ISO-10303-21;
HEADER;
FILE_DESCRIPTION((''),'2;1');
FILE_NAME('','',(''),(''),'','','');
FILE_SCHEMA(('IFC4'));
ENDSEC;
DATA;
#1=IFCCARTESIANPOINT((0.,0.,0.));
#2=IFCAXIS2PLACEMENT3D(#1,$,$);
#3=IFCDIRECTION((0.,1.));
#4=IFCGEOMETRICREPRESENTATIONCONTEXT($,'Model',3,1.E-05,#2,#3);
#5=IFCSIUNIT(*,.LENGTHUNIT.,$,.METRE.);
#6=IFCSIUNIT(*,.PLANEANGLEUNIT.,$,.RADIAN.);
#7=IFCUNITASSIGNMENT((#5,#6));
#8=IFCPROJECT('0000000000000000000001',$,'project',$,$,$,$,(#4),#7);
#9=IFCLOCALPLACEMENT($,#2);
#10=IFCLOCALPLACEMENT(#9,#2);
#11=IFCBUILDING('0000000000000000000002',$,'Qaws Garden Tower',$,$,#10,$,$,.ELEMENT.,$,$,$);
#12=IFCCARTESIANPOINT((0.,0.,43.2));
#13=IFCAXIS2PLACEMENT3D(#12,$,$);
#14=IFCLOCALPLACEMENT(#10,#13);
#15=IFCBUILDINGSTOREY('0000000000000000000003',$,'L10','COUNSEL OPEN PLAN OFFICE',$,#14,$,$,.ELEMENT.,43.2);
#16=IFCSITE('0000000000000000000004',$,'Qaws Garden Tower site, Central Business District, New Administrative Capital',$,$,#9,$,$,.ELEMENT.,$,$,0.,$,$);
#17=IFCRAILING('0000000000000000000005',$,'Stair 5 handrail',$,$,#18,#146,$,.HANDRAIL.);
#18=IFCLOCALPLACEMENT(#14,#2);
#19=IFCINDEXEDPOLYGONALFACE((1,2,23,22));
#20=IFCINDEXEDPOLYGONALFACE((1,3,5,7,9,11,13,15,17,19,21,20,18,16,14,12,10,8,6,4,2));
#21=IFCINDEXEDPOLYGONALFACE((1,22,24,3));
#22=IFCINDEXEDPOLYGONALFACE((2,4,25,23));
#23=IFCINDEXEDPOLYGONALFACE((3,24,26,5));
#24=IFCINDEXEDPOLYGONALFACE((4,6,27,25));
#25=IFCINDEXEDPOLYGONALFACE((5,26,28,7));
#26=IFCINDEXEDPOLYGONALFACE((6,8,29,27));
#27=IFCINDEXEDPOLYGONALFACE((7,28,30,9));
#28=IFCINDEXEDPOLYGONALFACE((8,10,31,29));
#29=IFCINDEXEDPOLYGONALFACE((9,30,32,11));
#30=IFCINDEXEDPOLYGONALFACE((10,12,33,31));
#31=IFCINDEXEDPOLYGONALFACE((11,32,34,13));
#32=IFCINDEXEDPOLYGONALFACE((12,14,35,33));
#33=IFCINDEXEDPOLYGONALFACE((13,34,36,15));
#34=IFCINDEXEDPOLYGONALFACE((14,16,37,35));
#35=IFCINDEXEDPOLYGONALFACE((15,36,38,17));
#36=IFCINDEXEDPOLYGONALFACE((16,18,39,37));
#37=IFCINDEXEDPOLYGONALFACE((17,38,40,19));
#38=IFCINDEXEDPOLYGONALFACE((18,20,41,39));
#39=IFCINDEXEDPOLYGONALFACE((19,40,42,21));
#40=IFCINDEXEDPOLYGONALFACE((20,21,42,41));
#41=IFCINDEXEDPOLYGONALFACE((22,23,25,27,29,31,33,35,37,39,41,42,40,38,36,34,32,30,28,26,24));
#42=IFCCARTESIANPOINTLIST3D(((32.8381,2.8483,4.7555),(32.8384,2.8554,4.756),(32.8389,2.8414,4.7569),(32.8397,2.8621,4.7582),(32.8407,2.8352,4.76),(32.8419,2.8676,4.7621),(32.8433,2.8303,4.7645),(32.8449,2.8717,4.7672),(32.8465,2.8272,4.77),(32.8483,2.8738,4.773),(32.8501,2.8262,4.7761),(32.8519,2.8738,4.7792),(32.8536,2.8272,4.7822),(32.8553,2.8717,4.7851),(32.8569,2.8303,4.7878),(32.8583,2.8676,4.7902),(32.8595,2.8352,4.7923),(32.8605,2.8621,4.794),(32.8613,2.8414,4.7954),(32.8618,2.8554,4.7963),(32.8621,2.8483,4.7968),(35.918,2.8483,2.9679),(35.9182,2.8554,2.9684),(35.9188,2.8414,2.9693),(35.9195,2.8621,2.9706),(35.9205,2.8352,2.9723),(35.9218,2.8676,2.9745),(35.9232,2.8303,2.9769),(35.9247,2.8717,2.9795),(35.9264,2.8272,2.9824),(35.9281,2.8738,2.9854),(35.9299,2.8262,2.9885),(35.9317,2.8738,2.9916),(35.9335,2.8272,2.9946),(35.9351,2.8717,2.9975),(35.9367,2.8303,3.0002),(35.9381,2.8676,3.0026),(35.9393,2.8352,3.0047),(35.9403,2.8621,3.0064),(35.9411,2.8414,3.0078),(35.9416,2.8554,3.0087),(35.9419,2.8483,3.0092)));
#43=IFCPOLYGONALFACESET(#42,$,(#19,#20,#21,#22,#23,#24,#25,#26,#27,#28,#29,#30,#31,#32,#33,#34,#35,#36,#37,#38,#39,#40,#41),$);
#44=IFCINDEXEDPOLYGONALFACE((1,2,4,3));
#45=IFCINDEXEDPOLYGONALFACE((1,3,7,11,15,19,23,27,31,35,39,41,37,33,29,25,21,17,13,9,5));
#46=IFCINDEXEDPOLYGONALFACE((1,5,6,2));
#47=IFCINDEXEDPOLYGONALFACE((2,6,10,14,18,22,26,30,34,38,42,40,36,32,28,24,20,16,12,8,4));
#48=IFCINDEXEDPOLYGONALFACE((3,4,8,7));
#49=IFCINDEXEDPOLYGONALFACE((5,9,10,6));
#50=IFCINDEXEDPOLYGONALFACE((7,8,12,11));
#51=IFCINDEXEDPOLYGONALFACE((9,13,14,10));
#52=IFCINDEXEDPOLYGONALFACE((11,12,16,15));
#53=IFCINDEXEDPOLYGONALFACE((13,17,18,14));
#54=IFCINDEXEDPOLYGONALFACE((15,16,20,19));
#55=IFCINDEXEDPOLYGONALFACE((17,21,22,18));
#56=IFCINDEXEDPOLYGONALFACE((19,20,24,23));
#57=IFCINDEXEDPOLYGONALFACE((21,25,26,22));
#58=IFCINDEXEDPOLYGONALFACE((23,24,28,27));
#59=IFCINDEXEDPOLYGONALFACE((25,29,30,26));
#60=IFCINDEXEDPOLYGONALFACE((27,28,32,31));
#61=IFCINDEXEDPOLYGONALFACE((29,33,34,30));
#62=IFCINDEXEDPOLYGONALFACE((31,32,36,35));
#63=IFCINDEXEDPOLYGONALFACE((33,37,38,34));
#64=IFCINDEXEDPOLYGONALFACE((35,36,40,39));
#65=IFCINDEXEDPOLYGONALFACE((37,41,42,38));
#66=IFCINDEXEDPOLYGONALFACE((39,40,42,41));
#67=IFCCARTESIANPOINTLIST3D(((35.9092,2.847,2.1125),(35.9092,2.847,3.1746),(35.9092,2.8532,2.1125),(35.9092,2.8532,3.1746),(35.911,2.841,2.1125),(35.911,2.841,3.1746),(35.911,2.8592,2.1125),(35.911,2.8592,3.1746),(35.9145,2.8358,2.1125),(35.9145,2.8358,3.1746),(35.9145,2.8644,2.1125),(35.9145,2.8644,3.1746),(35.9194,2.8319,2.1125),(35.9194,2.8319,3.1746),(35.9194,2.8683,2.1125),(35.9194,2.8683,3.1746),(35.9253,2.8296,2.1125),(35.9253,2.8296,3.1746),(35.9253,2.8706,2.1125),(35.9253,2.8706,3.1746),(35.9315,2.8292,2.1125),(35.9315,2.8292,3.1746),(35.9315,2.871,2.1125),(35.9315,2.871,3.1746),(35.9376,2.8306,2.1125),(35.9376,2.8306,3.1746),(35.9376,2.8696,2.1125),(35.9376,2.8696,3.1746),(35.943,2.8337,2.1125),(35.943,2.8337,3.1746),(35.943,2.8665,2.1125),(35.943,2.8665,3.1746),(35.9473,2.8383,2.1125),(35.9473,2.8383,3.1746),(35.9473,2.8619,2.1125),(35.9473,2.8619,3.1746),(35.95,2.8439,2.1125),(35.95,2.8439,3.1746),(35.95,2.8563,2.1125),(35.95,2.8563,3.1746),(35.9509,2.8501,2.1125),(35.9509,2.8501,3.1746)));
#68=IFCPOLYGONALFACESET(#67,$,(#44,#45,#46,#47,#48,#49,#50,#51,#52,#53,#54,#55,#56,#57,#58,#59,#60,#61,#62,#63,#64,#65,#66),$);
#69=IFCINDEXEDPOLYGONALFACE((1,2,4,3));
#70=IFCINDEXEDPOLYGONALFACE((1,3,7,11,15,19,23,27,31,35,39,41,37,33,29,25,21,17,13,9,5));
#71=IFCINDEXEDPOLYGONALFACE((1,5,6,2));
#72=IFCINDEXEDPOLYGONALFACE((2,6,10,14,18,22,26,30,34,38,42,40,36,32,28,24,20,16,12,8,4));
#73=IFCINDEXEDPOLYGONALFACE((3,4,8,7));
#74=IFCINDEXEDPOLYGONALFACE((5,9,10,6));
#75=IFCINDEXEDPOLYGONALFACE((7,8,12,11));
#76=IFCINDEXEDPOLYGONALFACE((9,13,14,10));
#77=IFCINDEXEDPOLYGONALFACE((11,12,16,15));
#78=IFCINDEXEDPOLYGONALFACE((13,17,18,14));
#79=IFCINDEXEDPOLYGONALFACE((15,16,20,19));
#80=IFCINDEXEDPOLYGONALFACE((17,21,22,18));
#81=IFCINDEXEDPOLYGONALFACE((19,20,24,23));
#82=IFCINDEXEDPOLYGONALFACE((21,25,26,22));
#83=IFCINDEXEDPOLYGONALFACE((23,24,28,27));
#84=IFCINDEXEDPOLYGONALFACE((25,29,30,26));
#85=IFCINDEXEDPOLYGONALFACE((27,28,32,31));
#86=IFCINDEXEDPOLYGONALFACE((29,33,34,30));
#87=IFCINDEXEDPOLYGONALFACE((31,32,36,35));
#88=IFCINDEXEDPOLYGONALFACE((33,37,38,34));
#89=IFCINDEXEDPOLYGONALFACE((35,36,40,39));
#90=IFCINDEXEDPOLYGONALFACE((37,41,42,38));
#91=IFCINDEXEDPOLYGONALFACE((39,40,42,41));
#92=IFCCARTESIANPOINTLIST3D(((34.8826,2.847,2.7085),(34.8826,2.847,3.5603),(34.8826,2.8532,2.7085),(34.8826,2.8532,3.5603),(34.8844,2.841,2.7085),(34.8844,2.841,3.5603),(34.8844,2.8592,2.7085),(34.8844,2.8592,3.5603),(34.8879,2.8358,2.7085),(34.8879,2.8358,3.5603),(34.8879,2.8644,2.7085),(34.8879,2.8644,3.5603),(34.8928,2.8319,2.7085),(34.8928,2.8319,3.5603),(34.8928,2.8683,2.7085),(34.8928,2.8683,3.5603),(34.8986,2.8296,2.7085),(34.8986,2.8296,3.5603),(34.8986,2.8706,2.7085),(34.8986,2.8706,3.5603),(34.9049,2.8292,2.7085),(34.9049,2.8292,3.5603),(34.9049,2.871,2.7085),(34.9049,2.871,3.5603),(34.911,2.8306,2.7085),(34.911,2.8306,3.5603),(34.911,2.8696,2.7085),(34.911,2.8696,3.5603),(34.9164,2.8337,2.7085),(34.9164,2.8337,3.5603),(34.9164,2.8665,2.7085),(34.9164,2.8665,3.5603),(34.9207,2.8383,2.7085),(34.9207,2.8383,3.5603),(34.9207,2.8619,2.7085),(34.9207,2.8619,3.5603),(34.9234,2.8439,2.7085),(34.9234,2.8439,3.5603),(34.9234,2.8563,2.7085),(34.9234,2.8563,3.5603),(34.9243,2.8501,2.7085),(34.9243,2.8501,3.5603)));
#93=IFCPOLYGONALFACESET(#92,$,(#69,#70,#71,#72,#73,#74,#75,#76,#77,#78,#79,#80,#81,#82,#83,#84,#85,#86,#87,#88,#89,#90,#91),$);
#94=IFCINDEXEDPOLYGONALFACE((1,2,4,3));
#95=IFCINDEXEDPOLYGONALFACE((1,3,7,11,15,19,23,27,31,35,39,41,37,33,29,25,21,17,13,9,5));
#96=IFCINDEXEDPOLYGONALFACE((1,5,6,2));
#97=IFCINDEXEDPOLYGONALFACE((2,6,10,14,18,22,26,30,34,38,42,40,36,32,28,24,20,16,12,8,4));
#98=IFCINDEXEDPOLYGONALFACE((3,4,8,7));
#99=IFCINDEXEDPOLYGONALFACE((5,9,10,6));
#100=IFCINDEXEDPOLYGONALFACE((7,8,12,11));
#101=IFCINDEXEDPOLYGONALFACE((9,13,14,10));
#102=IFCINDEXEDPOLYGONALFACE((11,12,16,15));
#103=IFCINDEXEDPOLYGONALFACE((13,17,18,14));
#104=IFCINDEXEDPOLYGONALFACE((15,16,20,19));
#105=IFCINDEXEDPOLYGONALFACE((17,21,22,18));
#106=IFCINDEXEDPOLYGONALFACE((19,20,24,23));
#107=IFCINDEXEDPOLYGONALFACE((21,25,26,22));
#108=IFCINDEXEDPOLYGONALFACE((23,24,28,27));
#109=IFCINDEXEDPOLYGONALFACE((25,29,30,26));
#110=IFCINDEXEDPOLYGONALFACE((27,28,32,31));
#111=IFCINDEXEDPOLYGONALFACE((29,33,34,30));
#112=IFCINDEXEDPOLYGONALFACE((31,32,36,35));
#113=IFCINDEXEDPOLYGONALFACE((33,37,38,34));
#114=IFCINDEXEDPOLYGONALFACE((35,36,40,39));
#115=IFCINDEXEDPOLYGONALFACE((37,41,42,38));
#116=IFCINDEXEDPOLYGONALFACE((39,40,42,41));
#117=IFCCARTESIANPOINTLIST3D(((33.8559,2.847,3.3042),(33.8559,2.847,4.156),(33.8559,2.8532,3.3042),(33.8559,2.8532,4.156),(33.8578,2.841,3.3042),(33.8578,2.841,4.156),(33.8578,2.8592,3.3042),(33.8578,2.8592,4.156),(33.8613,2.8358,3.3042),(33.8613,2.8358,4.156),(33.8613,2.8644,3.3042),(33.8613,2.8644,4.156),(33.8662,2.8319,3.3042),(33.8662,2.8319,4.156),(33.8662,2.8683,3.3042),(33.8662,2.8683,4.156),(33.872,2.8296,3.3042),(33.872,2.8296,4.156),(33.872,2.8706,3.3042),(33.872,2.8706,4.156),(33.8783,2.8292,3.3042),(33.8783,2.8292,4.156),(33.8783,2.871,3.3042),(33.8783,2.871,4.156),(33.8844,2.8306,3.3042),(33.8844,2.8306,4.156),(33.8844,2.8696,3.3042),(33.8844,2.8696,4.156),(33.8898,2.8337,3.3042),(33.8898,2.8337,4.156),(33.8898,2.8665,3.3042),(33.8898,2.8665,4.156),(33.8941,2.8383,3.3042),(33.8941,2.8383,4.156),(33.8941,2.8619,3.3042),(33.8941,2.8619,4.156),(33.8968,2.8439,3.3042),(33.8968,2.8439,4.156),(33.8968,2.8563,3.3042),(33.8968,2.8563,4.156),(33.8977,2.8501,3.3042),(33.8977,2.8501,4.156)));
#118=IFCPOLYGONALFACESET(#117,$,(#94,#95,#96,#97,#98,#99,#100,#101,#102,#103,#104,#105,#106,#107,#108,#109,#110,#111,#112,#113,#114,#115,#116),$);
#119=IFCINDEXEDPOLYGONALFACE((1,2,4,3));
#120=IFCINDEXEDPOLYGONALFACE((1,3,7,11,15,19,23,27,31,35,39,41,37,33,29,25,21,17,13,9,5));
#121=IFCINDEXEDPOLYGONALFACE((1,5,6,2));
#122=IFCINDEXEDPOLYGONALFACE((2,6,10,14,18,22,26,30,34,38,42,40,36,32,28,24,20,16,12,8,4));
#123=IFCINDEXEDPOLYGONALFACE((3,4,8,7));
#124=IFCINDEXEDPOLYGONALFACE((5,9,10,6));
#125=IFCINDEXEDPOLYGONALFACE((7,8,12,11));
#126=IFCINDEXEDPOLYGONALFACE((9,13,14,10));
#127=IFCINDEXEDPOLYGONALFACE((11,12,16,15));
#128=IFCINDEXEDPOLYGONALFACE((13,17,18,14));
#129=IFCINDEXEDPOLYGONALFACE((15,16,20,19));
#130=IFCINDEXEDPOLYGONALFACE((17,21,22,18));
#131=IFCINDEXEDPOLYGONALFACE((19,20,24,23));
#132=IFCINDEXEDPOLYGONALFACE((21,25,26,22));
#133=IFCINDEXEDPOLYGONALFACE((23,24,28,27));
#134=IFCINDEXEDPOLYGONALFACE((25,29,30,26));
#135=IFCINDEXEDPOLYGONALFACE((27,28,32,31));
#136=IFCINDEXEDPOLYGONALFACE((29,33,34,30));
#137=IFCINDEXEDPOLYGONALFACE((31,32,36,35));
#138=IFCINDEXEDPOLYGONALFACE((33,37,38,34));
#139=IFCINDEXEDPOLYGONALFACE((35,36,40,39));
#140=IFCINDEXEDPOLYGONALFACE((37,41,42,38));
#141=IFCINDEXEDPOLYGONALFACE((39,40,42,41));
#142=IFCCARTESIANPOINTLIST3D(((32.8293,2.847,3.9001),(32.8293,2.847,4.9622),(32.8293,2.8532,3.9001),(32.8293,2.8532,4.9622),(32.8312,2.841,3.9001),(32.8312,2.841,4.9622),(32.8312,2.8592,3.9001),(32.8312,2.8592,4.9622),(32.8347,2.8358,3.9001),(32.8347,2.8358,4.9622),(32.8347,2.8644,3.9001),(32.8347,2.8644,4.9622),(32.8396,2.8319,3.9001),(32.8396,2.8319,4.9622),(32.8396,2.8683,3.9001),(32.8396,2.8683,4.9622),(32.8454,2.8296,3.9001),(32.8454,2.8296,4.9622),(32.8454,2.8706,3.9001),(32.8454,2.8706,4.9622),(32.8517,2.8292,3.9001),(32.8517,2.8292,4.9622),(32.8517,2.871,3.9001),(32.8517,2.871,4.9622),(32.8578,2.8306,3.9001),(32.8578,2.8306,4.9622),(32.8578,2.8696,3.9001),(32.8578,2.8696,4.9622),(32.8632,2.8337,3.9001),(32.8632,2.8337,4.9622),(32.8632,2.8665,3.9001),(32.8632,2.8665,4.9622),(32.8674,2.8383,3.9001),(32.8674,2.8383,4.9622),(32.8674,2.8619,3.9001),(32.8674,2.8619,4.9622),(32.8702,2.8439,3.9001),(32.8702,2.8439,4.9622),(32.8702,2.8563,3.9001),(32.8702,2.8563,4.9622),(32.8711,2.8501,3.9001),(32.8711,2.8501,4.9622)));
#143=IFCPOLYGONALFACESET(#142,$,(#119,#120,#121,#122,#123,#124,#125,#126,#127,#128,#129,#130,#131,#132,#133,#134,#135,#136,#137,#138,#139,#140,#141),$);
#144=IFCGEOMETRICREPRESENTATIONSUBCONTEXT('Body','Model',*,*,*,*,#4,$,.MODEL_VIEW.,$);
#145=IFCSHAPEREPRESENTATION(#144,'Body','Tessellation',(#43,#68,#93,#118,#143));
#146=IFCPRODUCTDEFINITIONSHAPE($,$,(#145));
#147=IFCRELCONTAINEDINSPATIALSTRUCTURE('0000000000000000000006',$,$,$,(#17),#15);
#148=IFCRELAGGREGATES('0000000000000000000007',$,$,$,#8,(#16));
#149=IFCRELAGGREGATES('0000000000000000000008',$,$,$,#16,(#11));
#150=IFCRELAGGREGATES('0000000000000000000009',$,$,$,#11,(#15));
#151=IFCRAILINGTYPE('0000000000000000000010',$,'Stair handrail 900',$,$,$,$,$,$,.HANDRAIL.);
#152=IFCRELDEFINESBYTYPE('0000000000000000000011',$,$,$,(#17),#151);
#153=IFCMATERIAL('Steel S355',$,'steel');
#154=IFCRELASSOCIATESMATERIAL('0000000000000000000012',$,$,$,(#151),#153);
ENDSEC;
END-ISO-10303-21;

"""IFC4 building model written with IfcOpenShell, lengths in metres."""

from ifc_helpers import new_model, si_unit, direction, frame, origin, origin_2d, place, context, subcontext, project, spatial, circle, extrude, material, type_object, element, save


model = new_model("IFC4")

# Units and contexts
model_context = context("Model", 3, precision=1e-05, world=origin(), true_north=direction((0.0, 1.0)))
body_context = subcontext(model_context, "Body", "Model", "MODEL_VIEW")
ifc_project = project(units=[si_unit("LENGTHUNIT", "METRE"), si_unit("PLANEANGLEUNIT", "RADIAN")], contexts=[model_context])

# Site, building, storey
site_placement = place(None, origin())
site = spatial("IfcSite", under=ifc_project, at=site_placement, Name="Qaws Garden Tower site, Central Business District, New Administrative Capital", CompositionType="ELEMENT", RefElevation=0.0)
building_placement = place(site_placement, origin())
building = spatial("IfcBuilding", under=site, at=building_placement, Name="Qaws Garden Tower", CompositionType="ELEMENT")
storey_placement = place(building_placement, frame((0.0, 0.0, 43.2)))
storey = spatial("IfcBuildingStorey", under=building, at=storey_placement, Name="L10", Description="COUNSEL OPEN PLAN OFFICE", CompositionType="ELEMENT", Elevation=43.2)

# Railing
ifc_material_1 = material(Name="Steel S355", Category="steel")
railing_type = type_object("IfcRailingType", Name="Stair handrail 900", PredefinedType="HANDRAIL", material=ifc_material_1)
railing_1_placement = place(storey_placement, frame((35.9299, 2.8501, 2.1125)))
element("IfcRailing", 1, at=railing_1_placement, inside=storey, type_object=railing_type, Name="Stair 5 handrail", PredefinedType="HANDRAIL", context=body_context, shape_type="SweptSolid", body=[
    extrude(circle(Radius=0.0239, at=origin_2d()), frame((0.0, 0.0, 0.876), z_axis=(-0.864873, 0.0, 0.50199), x_axis=(0.0, -1.0, 0.0)), (0.0, 0.0, 1.0), 3.561),
    extrude(circle(Radius=0.021, at=origin_2d()), origin(), (0.0, 0.0, 1.0), 1.062),
    extrude(circle(Radius=0.021, at=origin_2d()), frame((-1.0266, 0.0, 0.5959)), (0.0, 0.0, 1.0), 0.8518),
    extrude(circle(Radius=0.021, at=origin_2d()), frame((-2.0532, 0.0, 1.1917)), (0.0, 0.0, 1.0), 0.8518),
    extrude(circle(Radius=0.021, at=origin_2d()), frame((-3.0798, 0.0, 1.7876)), (0.0, 0.0, 1.0), 1.062),
])

save(model, "model.ifc")
